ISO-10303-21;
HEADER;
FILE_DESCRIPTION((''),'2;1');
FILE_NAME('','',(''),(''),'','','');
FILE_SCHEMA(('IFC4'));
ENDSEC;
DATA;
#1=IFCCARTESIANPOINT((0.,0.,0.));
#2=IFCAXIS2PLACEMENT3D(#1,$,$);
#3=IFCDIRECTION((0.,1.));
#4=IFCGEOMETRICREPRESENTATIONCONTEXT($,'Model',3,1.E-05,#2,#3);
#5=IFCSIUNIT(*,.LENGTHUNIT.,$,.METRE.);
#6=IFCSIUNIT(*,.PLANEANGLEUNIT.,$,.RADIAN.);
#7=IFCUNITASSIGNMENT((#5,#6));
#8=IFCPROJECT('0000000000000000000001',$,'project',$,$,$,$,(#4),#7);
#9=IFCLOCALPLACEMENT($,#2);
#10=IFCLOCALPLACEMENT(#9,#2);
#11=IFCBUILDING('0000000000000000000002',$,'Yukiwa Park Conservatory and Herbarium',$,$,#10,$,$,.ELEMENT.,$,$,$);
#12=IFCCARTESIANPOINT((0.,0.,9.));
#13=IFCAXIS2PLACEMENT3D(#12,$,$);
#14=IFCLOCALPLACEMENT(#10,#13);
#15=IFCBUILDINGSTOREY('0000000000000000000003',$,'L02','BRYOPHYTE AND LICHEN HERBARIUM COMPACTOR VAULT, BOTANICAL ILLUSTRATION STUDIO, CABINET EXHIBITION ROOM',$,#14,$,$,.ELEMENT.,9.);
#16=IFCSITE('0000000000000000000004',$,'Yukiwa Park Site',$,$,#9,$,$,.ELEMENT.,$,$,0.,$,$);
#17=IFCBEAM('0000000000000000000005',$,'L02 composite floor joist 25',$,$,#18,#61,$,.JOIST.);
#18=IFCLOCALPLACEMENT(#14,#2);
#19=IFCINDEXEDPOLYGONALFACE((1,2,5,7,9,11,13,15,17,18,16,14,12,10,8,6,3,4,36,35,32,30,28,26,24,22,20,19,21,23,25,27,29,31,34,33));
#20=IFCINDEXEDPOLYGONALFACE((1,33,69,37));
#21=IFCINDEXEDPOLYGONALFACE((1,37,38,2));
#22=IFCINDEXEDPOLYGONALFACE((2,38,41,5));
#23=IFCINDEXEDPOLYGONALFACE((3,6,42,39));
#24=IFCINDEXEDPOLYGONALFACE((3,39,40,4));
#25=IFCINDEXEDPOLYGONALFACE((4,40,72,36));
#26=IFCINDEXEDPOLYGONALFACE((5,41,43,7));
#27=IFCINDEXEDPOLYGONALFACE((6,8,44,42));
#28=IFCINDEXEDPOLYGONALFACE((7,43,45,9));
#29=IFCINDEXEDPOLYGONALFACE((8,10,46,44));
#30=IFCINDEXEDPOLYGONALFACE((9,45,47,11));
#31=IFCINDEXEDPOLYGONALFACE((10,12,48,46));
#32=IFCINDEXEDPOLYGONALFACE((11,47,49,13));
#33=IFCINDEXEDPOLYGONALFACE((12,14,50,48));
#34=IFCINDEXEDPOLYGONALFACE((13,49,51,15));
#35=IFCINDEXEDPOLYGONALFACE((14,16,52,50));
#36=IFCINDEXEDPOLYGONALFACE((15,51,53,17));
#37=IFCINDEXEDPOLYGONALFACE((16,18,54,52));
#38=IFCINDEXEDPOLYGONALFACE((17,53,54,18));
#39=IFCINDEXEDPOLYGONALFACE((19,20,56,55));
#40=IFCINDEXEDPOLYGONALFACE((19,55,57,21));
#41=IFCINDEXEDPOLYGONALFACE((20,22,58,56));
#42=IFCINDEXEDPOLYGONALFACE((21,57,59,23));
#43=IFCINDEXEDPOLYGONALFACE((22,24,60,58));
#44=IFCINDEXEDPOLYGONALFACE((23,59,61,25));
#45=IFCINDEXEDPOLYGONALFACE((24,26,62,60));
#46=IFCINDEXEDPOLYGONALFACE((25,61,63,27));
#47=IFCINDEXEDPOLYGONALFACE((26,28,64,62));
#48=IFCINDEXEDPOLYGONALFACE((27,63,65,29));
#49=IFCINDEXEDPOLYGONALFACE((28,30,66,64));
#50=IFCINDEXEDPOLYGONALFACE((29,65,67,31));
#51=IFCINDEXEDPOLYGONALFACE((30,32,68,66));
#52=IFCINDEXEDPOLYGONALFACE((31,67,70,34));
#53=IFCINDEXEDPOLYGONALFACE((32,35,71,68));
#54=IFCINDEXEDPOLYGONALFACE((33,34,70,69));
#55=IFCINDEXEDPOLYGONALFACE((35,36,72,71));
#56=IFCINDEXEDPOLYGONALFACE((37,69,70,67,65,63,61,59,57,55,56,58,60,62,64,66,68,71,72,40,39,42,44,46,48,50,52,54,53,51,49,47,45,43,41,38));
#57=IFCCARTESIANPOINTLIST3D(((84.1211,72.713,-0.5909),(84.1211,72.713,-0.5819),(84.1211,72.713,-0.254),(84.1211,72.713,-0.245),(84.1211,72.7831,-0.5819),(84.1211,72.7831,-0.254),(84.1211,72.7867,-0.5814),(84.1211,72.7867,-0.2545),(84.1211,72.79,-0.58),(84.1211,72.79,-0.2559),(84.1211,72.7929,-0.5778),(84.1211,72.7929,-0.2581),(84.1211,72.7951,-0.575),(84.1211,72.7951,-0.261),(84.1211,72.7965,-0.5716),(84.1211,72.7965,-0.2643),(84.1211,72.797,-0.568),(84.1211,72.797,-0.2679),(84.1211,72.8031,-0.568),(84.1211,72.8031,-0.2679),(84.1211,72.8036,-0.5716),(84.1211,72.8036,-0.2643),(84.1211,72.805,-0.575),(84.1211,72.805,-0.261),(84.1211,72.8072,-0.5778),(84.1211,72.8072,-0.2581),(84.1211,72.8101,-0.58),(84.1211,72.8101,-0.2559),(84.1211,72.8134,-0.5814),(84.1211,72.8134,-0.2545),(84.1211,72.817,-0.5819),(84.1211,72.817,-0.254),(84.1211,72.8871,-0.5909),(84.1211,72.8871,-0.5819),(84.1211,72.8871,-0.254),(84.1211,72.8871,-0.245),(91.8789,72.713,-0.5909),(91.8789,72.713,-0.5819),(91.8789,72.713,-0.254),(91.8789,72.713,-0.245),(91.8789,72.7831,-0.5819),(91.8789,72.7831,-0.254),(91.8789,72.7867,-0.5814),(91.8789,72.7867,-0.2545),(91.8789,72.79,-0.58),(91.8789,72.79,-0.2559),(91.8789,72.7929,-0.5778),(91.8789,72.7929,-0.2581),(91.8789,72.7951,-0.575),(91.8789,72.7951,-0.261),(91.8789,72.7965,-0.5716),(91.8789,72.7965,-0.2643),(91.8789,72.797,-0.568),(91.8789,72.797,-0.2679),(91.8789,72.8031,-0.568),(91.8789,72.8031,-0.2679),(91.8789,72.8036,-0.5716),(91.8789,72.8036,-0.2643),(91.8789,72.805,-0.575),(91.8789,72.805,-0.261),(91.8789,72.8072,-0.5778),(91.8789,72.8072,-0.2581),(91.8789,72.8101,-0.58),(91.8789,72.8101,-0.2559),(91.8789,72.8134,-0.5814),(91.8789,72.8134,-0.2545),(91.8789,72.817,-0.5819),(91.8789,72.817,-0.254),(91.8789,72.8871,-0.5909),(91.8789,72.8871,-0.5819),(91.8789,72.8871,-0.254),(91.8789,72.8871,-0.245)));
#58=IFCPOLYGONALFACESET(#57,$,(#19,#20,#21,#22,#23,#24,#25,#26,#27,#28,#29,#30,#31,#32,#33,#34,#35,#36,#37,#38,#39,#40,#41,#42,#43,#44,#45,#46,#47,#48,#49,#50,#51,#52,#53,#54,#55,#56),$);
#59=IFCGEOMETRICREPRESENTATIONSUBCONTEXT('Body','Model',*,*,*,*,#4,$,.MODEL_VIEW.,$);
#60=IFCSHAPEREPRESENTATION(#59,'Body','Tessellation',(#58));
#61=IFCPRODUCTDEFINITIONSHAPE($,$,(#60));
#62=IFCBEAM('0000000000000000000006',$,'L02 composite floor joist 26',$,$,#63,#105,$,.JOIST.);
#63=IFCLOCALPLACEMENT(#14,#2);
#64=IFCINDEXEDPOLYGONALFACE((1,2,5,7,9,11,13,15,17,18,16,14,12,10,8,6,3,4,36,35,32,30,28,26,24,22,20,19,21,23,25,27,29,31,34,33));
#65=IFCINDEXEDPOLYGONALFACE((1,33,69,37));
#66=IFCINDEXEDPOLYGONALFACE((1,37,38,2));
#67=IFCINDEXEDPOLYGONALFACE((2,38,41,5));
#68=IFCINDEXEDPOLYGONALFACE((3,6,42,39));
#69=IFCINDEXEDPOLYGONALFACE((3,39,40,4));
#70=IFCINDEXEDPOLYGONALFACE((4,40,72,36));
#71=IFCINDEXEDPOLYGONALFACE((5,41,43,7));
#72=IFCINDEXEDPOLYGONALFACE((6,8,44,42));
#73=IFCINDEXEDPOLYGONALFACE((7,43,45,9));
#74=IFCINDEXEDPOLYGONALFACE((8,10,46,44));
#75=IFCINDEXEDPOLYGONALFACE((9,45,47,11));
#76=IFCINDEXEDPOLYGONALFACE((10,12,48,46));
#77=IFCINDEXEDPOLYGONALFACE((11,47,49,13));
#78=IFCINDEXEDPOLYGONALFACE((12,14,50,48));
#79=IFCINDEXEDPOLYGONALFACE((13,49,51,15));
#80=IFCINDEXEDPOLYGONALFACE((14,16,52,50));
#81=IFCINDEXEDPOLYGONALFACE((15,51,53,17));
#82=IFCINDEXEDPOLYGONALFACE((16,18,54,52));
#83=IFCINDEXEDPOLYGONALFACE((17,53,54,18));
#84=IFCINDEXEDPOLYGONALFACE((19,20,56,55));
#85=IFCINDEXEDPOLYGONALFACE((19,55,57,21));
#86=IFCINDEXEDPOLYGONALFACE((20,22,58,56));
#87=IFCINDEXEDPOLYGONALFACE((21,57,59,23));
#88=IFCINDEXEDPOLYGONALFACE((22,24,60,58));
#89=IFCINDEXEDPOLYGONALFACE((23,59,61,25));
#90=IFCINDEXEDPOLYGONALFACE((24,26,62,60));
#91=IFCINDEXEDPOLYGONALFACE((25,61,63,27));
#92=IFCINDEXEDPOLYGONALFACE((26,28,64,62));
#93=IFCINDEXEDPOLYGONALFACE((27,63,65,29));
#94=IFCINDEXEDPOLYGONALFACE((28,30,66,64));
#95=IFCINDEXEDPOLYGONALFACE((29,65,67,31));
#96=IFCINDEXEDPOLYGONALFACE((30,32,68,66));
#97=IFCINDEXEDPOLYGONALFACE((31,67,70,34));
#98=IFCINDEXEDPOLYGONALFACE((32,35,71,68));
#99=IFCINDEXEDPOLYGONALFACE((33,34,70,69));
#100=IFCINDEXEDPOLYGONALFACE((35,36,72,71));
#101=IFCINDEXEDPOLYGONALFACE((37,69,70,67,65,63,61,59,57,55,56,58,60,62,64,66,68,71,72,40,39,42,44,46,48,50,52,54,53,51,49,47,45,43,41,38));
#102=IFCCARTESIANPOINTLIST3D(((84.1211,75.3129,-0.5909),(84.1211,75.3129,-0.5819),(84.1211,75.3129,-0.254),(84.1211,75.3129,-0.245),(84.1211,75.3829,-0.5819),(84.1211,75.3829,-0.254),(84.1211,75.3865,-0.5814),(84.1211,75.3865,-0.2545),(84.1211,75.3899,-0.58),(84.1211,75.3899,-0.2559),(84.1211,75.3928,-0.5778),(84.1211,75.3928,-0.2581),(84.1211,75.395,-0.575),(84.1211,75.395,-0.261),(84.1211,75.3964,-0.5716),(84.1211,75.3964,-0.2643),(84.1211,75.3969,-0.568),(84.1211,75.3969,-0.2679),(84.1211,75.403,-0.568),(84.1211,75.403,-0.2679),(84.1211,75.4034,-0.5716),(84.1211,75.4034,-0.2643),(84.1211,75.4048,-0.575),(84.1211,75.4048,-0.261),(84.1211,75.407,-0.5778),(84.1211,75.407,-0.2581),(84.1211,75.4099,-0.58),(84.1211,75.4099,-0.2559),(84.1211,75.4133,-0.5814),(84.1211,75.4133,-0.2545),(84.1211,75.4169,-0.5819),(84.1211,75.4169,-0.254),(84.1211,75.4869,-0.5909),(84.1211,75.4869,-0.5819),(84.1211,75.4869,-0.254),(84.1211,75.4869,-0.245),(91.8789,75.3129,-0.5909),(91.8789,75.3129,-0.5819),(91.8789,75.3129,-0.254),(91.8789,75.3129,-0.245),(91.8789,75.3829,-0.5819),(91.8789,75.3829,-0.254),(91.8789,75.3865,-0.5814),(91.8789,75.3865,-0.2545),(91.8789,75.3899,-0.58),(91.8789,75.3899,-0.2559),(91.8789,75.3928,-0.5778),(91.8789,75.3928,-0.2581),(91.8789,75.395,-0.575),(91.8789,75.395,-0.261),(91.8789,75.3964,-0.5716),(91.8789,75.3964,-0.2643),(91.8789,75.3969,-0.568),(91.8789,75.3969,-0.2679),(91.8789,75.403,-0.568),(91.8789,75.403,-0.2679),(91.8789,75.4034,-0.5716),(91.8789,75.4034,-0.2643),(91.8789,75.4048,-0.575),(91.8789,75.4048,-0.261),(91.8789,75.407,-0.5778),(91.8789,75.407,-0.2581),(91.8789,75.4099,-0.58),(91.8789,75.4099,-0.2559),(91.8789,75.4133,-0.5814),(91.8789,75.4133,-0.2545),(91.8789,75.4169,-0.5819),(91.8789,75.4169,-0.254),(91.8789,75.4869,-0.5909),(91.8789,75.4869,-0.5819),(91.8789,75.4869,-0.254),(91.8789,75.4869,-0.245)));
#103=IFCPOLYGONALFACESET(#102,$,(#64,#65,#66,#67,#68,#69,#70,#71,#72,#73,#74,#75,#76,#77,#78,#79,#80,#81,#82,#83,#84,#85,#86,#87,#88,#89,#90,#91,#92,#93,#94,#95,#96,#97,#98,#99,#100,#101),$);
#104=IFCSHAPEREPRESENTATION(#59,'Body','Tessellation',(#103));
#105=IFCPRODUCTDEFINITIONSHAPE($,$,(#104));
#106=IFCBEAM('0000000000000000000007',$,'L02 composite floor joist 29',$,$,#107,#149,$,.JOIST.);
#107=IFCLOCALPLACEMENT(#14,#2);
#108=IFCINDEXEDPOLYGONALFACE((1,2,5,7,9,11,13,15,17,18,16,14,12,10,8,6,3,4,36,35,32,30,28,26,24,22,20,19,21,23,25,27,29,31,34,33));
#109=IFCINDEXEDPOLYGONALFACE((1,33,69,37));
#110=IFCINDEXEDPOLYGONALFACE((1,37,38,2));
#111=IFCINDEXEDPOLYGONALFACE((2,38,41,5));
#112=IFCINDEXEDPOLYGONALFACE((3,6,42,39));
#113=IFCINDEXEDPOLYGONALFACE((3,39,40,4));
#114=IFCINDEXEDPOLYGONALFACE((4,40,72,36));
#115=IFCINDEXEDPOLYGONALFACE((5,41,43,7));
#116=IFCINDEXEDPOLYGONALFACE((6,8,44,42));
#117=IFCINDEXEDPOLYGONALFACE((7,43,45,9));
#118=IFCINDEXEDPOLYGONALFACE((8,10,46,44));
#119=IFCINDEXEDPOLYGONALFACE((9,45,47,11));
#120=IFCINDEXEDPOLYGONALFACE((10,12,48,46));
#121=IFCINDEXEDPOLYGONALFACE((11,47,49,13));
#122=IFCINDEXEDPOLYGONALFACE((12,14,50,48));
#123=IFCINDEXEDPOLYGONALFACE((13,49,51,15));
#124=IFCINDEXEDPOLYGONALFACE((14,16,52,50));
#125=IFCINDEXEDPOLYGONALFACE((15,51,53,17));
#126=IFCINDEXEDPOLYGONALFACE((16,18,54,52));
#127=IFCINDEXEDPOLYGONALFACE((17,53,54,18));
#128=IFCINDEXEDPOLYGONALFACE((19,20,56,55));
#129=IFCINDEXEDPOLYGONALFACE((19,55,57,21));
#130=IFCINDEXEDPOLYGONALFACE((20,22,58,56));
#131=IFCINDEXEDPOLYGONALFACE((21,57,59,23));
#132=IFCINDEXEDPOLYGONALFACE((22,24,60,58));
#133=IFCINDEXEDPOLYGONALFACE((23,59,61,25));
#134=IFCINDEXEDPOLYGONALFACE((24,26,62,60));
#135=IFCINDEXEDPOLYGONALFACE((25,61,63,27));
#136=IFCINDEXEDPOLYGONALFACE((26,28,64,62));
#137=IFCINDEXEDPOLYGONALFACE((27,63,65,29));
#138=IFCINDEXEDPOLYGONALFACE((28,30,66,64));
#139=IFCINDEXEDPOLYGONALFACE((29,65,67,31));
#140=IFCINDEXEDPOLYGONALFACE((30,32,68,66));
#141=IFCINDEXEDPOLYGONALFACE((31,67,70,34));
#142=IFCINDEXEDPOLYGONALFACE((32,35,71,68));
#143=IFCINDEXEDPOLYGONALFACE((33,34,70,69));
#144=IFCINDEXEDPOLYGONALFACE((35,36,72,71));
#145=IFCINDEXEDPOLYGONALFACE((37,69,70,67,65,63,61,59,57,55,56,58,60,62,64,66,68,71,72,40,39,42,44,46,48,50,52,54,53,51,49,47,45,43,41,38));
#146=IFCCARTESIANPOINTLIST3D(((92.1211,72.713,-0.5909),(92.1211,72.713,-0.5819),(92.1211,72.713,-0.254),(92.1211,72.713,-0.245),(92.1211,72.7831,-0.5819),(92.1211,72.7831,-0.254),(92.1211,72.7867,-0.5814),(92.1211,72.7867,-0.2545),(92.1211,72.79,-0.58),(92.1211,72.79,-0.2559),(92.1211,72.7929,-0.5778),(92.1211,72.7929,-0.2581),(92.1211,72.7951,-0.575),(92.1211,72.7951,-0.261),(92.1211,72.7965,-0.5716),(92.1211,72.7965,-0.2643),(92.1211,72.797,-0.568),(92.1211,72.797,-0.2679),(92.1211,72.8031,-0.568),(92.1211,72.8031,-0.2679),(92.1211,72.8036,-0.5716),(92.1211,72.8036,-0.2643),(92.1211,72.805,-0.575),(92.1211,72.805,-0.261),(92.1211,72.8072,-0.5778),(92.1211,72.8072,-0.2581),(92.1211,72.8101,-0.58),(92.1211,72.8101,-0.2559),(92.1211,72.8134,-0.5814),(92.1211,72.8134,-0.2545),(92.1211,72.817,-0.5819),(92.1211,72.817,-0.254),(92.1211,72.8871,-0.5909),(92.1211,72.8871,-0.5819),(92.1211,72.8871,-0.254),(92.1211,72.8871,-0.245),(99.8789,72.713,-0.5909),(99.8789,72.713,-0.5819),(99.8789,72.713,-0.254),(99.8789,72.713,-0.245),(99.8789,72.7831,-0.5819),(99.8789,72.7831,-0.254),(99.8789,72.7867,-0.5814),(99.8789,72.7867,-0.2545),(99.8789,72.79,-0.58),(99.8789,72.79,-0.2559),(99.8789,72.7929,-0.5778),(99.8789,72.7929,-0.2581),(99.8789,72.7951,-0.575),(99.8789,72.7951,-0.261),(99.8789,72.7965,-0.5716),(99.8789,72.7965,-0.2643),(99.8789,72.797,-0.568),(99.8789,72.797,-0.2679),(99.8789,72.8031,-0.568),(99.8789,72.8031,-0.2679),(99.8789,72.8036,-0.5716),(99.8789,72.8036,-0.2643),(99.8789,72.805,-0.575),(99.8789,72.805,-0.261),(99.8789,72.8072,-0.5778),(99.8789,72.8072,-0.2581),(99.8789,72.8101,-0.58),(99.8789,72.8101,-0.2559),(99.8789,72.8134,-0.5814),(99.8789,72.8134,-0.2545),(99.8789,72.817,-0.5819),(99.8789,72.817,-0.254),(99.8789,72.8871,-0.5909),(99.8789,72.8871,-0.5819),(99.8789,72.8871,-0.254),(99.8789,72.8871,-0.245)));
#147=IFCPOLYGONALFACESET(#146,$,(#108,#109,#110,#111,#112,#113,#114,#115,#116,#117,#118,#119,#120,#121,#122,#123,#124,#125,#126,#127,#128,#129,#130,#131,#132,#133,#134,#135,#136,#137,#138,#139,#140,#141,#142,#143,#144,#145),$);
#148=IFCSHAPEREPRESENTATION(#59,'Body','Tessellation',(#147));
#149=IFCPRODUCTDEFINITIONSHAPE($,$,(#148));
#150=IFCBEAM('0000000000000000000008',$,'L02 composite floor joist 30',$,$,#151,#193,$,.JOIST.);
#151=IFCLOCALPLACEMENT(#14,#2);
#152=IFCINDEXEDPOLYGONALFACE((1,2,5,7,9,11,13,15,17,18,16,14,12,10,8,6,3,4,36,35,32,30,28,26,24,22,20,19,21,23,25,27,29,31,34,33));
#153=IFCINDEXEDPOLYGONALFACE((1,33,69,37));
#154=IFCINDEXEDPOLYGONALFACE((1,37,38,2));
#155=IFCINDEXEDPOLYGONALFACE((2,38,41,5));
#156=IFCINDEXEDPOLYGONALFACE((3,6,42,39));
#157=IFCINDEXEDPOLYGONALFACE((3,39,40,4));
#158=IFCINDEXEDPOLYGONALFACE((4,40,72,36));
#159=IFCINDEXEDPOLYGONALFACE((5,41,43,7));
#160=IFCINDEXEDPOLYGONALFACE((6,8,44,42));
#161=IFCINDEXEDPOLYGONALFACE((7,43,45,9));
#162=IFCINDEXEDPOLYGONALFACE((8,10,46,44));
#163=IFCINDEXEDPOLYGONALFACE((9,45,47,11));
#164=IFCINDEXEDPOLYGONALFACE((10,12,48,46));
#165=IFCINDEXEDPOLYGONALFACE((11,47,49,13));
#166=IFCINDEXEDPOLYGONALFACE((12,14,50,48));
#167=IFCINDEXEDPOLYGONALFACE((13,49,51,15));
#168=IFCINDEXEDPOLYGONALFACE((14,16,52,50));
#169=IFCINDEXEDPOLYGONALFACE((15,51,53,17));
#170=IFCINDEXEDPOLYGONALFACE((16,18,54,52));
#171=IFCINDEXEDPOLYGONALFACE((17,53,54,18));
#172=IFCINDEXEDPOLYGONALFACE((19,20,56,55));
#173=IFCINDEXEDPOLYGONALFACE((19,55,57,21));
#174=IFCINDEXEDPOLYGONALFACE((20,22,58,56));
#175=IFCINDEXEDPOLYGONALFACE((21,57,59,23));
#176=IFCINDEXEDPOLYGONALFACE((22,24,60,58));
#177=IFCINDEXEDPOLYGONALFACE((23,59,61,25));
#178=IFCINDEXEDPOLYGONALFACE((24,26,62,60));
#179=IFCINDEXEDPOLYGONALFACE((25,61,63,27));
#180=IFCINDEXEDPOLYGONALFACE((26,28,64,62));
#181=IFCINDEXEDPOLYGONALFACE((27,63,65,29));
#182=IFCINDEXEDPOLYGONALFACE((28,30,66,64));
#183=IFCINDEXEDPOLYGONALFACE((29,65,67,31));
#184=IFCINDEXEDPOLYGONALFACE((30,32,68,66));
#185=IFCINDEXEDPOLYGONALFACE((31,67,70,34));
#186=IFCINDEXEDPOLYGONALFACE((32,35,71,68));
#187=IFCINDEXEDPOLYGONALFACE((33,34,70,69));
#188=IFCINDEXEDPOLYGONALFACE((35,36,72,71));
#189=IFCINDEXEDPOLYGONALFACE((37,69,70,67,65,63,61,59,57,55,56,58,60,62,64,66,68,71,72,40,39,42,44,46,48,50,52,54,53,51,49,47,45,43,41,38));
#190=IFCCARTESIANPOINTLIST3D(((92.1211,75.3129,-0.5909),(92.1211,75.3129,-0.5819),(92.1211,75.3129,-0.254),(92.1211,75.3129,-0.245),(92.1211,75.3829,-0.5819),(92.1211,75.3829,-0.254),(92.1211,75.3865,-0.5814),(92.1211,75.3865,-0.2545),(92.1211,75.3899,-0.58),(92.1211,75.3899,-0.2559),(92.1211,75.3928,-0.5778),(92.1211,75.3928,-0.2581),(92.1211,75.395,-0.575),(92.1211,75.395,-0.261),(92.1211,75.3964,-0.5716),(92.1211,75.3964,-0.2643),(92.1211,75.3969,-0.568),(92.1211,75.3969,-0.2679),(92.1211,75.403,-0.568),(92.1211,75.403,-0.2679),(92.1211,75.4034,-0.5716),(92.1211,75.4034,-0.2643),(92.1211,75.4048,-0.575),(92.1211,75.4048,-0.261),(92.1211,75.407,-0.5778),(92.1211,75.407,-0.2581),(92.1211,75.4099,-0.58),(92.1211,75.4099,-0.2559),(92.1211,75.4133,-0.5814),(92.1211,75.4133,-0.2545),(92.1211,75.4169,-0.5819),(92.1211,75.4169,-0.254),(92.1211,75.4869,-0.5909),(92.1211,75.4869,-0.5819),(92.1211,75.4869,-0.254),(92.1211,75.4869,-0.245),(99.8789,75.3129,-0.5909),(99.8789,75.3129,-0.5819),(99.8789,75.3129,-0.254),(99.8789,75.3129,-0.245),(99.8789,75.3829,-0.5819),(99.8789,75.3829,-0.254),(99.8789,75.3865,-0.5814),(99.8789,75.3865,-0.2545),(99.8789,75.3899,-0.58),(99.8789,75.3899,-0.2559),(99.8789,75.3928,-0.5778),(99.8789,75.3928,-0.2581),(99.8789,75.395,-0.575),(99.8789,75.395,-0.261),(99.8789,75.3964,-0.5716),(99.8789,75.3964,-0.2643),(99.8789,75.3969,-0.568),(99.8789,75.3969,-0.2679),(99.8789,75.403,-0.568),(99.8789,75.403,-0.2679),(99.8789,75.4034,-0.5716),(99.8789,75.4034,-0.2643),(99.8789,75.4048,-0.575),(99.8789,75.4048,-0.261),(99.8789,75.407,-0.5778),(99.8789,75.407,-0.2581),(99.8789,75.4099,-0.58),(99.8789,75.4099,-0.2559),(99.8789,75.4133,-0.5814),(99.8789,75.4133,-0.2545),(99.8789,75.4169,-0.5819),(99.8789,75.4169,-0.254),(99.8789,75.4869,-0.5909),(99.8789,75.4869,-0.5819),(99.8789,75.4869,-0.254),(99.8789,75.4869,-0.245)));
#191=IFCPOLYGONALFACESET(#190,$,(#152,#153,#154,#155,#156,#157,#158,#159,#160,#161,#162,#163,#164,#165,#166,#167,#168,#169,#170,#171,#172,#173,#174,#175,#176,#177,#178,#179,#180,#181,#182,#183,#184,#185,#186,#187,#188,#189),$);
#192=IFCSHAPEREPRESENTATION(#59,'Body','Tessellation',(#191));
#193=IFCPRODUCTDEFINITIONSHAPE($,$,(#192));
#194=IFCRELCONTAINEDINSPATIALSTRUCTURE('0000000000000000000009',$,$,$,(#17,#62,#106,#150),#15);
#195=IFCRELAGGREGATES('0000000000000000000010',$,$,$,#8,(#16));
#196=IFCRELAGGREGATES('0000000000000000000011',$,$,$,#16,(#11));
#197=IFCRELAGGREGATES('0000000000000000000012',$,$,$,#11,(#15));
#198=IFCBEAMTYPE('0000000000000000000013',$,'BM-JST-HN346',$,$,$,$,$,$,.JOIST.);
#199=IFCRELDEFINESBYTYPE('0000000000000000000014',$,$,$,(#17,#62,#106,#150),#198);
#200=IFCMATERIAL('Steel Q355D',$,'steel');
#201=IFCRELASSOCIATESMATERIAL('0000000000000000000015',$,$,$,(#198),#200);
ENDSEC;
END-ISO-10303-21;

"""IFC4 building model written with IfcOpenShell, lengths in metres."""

from ifc_helpers import new_model, si_unit, direction, frame, origin, origin_2d, place, context, subcontext, project, spatial, i_section, extrude, material, material_profile, profile_set, type_object, element, save


model = new_model("IFC4")

# Units and contexts
model_context = context("Model", 3, precision=1e-05, world=origin(), true_north=direction((0.0, 1.0)))
body_context = subcontext(model_context, "Body", "Model", "MODEL_VIEW")
ifc_project = project(units=[si_unit("LENGTHUNIT", "METRE"), si_unit("PLANEANGLEUNIT", "RADIAN")], contexts=[model_context])

# Site, building, storey
site_placement = place(None, origin())
site = spatial("IfcSite", under=ifc_project, at=site_placement, Name="Yukiwa Park Site", CompositionType="ELEMENT", RefElevation=0.0)
building_placement = place(site_placement, origin())
building = spatial("IfcBuilding", under=site, at=building_placement, Name="Yukiwa Park Conservatory and Herbarium", CompositionType="ELEMENT")
storey_placement = place(building_placement, frame((0.0, 0.0, 9.0)))
storey = spatial("IfcBuildingStorey", under=building, at=storey_placement, Name="L02", Description="BRYOPHYTE AND LICHEN HERBARIUM COMPACTOR VAULT, BOTANICAL ILLUSTRATION STUDIO, CABINET EXHIBITION ROOM", CompositionType="ELEMENT", Elevation=9.0)

# Beams
ifc_material_1 = material(Name="Steel Q355D", Category="steel")
ifc_material_profile_1 = material_profile(ifc_material_1, i_section(OverallWidth=0.1741, OverallDepth=0.3459, WebThickness=0.0061, FlangeThickness=0.009, FilletRadius=0.0139, at=origin_2d()), Name="HN 346x174x6x9")
ifc_profile_set_1 = profile_set([ifc_material_profile_1], Name="Steel Q355D")
beam_type_1 = type_object("IfcBeamType", Name="BM-JST-HN346", PredefinedType="JOIST", material=ifc_profile_set_1)
for number, where, z_axis, x_axis, name in (
    (1, (84.1211, 72.8, -0.418), (1.0, 0.0, 0.0), (0.0, 1.0, 0.0), "L02 composite floor joist 25"),
    (2, (84.1211, 75.3999, -0.418), (1.0, 0.0, 0.0), (0.0, 1.0, 0.0), "L02 composite floor joist 26"),
    (3, (92.1211, 72.8, -0.418), (1.0, 0.0, 0.0), (0.0, 1.0, 0.0), "L02 composite floor joist 29"),
    (4, (92.1211, 75.3999, -0.418), (1.0, 0.0, 0.0), (0.0, 1.0, 0.0), "L02 composite floor joist 30"),
):
    element("IfcBeam", number, at=place(storey_placement, frame(where, z_axis=z_axis, x_axis=x_axis)), inside=storey, type_object=beam_type_1, Name=name, PredefinedType="JOIST", context=body_context, shape_type="SweptSolid", body=[
        extrude(i_section(OverallWidth=0.1741, OverallDepth=0.3459, WebThickness=0.0061, FlangeThickness=0.009, FilletRadius=0.0139, at=origin_2d()), origin(), (0.0, 0.0, 1.0), 7.7578),
    ])

save(model, "model.ifc")
